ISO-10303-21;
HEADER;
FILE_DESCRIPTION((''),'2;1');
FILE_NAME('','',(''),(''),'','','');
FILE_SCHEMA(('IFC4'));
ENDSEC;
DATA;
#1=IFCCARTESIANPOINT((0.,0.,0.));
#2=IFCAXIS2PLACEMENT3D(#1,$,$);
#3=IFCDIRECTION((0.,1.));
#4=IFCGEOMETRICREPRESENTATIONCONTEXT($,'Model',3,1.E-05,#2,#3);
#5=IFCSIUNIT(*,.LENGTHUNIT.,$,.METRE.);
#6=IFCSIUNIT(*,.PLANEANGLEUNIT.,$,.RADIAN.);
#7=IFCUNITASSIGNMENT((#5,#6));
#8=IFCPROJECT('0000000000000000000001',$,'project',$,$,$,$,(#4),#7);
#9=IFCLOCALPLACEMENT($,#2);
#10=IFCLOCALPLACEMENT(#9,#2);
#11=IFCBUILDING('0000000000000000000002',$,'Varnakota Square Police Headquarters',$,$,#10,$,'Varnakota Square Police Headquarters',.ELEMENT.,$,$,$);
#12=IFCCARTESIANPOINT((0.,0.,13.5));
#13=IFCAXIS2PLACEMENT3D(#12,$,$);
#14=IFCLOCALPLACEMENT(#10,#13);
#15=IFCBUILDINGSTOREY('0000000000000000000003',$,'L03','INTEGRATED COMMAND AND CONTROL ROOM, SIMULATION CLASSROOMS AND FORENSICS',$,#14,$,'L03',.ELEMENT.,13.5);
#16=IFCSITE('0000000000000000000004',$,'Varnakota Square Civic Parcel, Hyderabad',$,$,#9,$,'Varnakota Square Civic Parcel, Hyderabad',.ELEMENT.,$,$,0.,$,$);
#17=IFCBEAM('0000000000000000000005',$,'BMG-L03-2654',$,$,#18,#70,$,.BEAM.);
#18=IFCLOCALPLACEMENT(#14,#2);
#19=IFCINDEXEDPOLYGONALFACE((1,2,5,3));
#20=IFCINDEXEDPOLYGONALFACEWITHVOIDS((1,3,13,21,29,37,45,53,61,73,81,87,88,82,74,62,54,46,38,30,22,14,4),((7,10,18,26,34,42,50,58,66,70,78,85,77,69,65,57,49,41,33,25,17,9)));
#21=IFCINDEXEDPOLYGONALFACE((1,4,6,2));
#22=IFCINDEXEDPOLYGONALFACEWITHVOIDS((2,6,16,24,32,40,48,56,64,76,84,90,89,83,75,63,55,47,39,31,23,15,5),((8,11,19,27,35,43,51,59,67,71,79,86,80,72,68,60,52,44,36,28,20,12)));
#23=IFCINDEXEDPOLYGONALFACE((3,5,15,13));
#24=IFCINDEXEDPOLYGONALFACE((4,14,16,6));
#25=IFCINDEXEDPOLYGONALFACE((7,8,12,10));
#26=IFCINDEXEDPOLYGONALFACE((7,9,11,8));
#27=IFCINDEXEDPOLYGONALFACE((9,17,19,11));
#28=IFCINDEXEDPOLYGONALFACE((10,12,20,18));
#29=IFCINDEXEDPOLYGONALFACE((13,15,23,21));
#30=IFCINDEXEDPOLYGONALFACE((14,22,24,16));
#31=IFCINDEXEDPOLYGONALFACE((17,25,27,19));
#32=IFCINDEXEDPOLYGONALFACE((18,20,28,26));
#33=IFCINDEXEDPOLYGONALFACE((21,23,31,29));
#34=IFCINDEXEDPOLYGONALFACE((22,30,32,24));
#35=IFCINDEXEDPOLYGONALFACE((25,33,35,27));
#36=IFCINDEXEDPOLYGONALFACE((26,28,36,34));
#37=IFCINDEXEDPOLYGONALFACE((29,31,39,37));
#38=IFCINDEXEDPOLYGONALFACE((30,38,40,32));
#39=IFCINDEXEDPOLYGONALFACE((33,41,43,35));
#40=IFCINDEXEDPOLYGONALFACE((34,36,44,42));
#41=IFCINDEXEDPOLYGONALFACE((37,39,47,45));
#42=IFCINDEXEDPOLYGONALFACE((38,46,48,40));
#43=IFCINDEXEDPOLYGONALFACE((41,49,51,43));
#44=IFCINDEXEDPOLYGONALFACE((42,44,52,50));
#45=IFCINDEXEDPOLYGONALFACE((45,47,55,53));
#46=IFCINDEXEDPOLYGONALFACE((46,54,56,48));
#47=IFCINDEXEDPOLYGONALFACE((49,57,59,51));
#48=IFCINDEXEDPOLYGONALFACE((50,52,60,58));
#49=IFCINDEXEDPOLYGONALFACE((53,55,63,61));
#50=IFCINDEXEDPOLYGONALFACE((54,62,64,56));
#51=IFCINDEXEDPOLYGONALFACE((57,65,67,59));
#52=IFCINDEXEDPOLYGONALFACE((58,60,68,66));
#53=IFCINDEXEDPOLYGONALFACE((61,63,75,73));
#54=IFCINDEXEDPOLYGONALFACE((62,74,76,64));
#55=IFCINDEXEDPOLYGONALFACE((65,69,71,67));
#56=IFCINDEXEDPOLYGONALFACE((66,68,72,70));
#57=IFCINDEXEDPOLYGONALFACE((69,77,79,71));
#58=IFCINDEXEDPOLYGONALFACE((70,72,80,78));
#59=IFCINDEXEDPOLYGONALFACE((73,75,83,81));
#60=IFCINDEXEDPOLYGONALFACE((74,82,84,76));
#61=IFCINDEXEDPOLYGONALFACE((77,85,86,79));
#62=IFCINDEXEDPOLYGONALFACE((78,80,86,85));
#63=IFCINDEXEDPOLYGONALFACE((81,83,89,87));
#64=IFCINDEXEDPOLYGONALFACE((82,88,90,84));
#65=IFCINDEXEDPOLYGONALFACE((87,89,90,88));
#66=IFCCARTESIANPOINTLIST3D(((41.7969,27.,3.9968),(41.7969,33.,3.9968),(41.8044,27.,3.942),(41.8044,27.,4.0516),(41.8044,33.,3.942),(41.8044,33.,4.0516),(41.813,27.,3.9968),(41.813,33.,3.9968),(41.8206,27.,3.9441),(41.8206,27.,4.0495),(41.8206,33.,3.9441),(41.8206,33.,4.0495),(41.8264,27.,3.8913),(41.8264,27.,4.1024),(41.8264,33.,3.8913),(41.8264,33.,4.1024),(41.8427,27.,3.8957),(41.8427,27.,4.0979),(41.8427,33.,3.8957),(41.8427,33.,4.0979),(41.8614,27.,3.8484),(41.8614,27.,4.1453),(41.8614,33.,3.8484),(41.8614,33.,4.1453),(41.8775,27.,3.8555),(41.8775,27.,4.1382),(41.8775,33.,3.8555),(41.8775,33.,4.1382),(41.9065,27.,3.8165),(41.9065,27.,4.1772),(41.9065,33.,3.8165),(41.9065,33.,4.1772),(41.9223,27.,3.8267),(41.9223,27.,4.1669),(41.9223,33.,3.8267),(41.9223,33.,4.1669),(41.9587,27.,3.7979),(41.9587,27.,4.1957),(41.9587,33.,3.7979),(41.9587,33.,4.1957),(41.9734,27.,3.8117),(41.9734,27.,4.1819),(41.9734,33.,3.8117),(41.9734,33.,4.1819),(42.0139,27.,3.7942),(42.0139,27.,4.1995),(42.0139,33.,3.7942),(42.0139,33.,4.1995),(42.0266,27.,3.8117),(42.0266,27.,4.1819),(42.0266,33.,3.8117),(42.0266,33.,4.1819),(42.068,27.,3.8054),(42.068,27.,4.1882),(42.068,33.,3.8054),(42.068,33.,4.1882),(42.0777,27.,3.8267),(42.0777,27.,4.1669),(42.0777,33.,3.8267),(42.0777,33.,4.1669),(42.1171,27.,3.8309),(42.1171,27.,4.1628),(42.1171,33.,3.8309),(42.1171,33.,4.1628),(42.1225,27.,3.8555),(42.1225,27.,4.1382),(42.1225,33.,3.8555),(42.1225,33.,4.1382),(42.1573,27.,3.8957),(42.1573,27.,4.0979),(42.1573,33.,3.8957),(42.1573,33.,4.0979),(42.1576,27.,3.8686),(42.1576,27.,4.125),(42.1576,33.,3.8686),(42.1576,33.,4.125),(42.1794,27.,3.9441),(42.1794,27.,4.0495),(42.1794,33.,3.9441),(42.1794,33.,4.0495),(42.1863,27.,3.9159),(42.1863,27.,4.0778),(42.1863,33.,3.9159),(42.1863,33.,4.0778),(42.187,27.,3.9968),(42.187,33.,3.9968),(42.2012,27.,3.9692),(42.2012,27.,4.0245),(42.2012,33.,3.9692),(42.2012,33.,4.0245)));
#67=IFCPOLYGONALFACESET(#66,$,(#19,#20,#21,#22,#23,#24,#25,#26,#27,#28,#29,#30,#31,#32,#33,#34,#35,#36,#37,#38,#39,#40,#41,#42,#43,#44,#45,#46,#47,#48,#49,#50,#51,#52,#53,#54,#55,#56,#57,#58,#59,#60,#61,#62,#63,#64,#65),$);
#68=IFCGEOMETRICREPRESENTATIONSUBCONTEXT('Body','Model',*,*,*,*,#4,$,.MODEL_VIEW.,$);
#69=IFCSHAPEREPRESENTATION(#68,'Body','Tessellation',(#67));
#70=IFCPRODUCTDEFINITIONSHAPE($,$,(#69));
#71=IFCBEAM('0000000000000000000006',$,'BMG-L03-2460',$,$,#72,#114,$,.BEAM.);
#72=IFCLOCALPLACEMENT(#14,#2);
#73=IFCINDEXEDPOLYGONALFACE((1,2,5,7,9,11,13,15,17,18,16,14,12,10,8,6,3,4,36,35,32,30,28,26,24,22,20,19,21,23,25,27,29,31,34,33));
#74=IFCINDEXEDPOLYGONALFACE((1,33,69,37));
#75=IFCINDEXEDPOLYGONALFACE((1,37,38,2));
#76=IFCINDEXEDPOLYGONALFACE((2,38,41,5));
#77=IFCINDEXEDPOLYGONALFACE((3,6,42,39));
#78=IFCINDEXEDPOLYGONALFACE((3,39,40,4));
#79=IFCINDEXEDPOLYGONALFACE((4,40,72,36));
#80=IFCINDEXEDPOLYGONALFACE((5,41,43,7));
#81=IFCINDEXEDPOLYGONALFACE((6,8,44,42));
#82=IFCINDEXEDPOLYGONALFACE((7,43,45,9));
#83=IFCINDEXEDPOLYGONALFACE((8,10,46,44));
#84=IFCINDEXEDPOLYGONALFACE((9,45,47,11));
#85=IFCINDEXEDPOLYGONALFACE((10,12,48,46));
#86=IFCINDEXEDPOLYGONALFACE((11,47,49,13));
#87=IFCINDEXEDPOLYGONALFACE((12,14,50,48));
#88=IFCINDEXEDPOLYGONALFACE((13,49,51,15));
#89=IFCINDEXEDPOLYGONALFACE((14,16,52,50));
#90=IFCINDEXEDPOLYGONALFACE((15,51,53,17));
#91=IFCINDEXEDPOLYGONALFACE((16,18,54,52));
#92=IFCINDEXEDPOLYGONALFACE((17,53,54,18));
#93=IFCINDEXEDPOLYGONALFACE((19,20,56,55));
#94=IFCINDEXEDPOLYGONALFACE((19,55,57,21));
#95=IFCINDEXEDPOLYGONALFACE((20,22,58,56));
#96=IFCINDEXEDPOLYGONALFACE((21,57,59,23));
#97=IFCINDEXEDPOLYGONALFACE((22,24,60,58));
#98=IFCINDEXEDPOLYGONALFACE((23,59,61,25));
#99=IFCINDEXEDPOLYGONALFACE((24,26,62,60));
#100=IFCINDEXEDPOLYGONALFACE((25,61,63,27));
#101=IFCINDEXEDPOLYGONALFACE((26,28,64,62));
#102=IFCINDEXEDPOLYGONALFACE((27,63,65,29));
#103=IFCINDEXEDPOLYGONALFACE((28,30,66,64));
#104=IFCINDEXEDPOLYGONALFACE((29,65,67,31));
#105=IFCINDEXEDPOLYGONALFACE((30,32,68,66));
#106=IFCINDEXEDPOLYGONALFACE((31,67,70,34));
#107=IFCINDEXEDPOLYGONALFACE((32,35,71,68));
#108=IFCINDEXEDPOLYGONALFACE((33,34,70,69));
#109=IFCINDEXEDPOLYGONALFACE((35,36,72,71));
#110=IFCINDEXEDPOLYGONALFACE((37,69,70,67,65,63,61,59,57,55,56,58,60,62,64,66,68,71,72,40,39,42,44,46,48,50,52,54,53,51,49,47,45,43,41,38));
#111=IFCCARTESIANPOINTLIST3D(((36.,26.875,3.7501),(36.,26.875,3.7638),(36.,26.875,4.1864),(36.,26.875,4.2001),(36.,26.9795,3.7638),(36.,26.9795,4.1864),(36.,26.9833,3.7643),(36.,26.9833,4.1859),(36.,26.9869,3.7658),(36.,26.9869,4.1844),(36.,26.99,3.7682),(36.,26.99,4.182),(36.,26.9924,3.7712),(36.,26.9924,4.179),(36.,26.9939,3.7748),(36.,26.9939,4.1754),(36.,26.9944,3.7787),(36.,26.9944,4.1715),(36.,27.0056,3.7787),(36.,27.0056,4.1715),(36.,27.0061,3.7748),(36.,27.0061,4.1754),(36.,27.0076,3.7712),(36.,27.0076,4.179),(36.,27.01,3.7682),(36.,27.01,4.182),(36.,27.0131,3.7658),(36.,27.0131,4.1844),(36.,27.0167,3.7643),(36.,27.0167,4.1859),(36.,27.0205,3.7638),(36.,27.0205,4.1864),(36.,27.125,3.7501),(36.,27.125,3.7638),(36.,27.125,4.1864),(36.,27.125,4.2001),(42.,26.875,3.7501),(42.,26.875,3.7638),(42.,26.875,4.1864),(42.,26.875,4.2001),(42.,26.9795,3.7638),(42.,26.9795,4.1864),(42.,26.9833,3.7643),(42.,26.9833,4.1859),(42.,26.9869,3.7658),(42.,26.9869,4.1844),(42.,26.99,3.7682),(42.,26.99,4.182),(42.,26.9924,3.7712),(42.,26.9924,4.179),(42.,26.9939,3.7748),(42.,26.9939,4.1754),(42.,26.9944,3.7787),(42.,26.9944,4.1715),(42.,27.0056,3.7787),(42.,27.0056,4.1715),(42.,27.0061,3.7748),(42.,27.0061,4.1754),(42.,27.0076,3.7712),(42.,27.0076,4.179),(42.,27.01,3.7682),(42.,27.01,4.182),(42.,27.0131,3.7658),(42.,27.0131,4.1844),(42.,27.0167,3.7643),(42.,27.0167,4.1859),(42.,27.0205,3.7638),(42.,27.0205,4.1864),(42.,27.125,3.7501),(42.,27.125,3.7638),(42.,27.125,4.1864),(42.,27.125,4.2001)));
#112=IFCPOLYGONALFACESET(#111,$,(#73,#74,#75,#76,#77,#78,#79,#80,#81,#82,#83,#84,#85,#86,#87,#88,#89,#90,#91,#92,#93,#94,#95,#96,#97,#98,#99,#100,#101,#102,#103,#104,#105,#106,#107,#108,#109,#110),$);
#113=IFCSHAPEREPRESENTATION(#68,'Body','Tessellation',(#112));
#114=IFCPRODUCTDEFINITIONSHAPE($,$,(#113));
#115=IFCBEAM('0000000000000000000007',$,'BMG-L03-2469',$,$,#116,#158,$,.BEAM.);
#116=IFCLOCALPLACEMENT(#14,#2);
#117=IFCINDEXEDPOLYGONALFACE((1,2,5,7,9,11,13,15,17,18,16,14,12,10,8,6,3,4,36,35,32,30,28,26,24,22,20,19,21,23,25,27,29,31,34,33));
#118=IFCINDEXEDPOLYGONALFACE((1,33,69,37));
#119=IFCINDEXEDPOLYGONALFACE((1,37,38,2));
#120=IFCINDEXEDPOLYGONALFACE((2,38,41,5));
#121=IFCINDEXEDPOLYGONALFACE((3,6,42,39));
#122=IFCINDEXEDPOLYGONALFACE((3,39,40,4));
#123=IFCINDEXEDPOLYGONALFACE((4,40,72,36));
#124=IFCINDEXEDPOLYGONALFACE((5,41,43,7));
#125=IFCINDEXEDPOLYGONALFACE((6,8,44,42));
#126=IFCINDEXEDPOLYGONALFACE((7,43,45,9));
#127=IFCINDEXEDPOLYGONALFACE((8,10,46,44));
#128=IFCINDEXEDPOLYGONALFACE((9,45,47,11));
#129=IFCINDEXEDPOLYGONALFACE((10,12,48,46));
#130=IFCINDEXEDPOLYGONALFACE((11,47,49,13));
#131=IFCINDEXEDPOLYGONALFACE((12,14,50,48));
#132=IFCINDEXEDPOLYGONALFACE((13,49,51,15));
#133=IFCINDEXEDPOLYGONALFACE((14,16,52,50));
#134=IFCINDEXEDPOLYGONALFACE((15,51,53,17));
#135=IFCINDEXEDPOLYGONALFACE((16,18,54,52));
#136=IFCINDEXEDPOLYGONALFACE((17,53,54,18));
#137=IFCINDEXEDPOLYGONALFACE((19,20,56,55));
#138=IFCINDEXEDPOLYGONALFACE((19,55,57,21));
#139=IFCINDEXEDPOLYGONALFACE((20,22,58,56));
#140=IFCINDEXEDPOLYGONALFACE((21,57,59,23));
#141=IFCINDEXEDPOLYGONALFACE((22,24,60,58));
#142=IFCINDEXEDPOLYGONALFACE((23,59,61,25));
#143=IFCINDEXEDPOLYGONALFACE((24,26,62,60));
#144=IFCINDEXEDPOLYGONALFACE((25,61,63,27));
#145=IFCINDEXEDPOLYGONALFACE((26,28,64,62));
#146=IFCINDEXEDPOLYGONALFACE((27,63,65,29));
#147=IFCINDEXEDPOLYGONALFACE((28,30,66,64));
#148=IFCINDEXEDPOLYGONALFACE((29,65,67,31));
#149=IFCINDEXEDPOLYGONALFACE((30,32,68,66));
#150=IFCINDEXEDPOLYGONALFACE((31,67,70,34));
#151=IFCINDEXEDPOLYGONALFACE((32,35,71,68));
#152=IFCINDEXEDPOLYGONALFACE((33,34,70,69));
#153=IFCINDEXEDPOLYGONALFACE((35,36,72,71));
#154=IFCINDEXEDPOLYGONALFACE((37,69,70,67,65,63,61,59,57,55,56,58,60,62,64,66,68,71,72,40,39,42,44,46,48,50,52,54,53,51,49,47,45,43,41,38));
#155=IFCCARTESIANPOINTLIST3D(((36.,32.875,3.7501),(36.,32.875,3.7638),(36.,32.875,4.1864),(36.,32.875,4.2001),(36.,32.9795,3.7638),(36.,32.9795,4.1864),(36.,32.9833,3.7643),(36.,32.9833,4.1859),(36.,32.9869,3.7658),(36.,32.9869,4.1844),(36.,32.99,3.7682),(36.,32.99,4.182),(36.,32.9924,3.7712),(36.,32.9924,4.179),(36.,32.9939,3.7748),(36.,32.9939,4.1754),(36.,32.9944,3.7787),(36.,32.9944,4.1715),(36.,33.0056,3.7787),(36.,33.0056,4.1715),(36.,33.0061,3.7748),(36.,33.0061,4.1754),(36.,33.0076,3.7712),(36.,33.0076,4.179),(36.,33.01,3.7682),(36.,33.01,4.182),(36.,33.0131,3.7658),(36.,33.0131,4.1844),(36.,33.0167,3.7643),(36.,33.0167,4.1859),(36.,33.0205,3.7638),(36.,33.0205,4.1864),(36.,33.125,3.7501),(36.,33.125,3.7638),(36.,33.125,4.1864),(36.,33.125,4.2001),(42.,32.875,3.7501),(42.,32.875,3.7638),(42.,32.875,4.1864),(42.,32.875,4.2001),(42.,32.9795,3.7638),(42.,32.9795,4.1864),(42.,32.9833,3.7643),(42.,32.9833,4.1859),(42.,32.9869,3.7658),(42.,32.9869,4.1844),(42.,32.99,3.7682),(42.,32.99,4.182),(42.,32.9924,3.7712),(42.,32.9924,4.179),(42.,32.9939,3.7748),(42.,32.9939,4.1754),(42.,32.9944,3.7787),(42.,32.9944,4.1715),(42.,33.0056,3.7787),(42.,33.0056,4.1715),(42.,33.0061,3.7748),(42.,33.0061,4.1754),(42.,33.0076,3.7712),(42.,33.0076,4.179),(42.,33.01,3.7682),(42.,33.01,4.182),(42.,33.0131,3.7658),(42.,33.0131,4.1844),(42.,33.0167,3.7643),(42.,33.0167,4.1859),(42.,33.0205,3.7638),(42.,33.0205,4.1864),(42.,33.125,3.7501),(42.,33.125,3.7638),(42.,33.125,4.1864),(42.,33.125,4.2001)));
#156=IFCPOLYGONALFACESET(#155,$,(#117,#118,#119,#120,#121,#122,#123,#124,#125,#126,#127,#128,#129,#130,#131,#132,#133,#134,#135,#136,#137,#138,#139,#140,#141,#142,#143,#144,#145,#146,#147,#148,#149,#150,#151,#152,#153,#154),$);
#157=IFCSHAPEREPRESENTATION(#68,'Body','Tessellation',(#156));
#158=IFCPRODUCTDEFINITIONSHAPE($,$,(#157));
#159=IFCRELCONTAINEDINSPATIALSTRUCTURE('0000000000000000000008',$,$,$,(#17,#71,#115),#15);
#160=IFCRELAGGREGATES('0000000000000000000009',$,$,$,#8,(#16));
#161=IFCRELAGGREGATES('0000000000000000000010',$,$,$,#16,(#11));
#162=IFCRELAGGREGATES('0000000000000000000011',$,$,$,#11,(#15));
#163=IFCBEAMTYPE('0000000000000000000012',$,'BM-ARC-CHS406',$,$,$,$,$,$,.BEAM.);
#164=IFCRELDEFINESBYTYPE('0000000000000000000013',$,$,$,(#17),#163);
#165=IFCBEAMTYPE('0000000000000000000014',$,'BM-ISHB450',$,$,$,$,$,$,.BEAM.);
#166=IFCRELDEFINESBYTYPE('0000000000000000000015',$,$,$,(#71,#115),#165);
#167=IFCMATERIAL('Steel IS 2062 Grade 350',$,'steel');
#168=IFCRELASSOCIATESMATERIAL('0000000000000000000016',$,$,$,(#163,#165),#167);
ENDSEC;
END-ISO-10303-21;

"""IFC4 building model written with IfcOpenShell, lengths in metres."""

from ifc_helpers import new_model, si_unit, direction, frame, origin, origin_2d, place, context, subcontext, project, spatial, hollow_circle, i_section, extrude, material, material_profile, profile_set, type_object, element, save


model = new_model("IFC4")

# Units and contexts
model_context = context("Model", 3, precision=1e-05, world=origin(), true_north=direction((0.0, 1.0)))
body_context = subcontext(model_context, "Body", "Model", "MODEL_VIEW")
ifc_project = project(units=[si_unit("LENGTHUNIT", "METRE"), si_unit("PLANEANGLEUNIT", "RADIAN")], contexts=[model_context])

# Site, building, storey
site_placement = place(None, origin())
site = spatial("IfcSite", under=ifc_project, at=site_placement, Name="Varnakota Square Civic Parcel, Hyderabad", LongName="Varnakota Square Civic Parcel, Hyderabad", CompositionType="ELEMENT", RefElevation=0.0)
building_placement = place(site_placement, origin())
building = spatial("IfcBuilding", under=site, at=building_placement, Name="Varnakota Square Police Headquarters", LongName="Varnakota Square Police Headquarters", CompositionType="ELEMENT")
storey_placement = place(building_placement, frame((0.0, 0.0, 13.5)))
storey = spatial("IfcBuildingStorey", under=building, at=storey_placement, Name="L03", Description="INTEGRATED COMMAND AND CONTROL ROOM, SIMULATION CLASSROOMS AND FORENSICS", LongName="L03", CompositionType="ELEMENT", Elevation=13.5)

# Shared definitions
ifc_material_1 = material(Name="Steel IS 2062 Grade 350", Category="steel")

# Beams
ifc_material_profile_1 = material_profile(ifc_material_1, hollow_circle(Radius=0.2031, WallThickness=0.0161, at=origin_2d()), Name="CHS 406.4x16.0")
ifc_profile_set_1 = profile_set([ifc_material_profile_1], Name="Steel IS 2062 Grade 350")
beam_type_1 = type_object("IfcBeamType", Name="BM-ARC-CHS406", PredefinedType="BEAM", material=ifc_profile_set_1)
for number, where, z_axis, x_axis, name in (
    (1, (42.0, 27.0, 3.9968), (0.0, 1.0, 0.0), (-1.0, 0.0, 0.0), "BMG-L03-2654"),
):
    element("IfcBeam", number, at=place(storey_placement, frame(where, z_axis=z_axis, x_axis=x_axis)), inside=storey, type_object=beam_type_1, Name=name, PredefinedType="BEAM", context=body_context, shape_type="SweptSolid", body=[
        extrude(hollow_circle(Radius=0.2031, WallThickness=0.0161, at=origin_2d()), origin(), (0.0, 0.0, 1.0), 6.0),
    ])
ifc_material_profile_2 = material_profile(ifc_material_1, i_section(OverallWidth=0.25, OverallDepth=0.45, WebThickness=0.0112, FlangeThickness=0.0137, FilletRadius=0.0149, at=origin_2d()), Name="ISHB 450")
ifc_profile_set_2 = profile_set([ifc_material_profile_2], Name="Steel IS 2062 Grade 350")
beam_type_2 = type_object("IfcBeamType", Name="BM-ISHB450", PredefinedType="BEAM", material=ifc_profile_set_2)
for number, where, z_axis, x_axis, name in (
    (2, (36.0, 27.0, 3.9751), (1.0, 0.0, 0.0), (0.0, 1.0, 0.0), "BMG-L03-2460"),
    (3, (36.0, 33.0, 3.9751), (1.0, 0.0, 0.0), (0.0, 1.0, 0.0), "BMG-L03-2469"),
):
    element("IfcBeam", number, at=place(storey_placement, frame(where, z_axis=z_axis, x_axis=x_axis)), inside=storey, type_object=beam_type_2, Name=name, PredefinedType="BEAM", context=body_context, shape_type="SweptSolid", body=[
        extrude(i_section(OverallWidth=0.25, OverallDepth=0.45, WebThickness=0.0112, FlangeThickness=0.0137, FilletRadius=0.0149, at=origin_2d()), origin(), (0.0, 0.0, 1.0), 6.0),
    ])

save(model, "model.ifc")
